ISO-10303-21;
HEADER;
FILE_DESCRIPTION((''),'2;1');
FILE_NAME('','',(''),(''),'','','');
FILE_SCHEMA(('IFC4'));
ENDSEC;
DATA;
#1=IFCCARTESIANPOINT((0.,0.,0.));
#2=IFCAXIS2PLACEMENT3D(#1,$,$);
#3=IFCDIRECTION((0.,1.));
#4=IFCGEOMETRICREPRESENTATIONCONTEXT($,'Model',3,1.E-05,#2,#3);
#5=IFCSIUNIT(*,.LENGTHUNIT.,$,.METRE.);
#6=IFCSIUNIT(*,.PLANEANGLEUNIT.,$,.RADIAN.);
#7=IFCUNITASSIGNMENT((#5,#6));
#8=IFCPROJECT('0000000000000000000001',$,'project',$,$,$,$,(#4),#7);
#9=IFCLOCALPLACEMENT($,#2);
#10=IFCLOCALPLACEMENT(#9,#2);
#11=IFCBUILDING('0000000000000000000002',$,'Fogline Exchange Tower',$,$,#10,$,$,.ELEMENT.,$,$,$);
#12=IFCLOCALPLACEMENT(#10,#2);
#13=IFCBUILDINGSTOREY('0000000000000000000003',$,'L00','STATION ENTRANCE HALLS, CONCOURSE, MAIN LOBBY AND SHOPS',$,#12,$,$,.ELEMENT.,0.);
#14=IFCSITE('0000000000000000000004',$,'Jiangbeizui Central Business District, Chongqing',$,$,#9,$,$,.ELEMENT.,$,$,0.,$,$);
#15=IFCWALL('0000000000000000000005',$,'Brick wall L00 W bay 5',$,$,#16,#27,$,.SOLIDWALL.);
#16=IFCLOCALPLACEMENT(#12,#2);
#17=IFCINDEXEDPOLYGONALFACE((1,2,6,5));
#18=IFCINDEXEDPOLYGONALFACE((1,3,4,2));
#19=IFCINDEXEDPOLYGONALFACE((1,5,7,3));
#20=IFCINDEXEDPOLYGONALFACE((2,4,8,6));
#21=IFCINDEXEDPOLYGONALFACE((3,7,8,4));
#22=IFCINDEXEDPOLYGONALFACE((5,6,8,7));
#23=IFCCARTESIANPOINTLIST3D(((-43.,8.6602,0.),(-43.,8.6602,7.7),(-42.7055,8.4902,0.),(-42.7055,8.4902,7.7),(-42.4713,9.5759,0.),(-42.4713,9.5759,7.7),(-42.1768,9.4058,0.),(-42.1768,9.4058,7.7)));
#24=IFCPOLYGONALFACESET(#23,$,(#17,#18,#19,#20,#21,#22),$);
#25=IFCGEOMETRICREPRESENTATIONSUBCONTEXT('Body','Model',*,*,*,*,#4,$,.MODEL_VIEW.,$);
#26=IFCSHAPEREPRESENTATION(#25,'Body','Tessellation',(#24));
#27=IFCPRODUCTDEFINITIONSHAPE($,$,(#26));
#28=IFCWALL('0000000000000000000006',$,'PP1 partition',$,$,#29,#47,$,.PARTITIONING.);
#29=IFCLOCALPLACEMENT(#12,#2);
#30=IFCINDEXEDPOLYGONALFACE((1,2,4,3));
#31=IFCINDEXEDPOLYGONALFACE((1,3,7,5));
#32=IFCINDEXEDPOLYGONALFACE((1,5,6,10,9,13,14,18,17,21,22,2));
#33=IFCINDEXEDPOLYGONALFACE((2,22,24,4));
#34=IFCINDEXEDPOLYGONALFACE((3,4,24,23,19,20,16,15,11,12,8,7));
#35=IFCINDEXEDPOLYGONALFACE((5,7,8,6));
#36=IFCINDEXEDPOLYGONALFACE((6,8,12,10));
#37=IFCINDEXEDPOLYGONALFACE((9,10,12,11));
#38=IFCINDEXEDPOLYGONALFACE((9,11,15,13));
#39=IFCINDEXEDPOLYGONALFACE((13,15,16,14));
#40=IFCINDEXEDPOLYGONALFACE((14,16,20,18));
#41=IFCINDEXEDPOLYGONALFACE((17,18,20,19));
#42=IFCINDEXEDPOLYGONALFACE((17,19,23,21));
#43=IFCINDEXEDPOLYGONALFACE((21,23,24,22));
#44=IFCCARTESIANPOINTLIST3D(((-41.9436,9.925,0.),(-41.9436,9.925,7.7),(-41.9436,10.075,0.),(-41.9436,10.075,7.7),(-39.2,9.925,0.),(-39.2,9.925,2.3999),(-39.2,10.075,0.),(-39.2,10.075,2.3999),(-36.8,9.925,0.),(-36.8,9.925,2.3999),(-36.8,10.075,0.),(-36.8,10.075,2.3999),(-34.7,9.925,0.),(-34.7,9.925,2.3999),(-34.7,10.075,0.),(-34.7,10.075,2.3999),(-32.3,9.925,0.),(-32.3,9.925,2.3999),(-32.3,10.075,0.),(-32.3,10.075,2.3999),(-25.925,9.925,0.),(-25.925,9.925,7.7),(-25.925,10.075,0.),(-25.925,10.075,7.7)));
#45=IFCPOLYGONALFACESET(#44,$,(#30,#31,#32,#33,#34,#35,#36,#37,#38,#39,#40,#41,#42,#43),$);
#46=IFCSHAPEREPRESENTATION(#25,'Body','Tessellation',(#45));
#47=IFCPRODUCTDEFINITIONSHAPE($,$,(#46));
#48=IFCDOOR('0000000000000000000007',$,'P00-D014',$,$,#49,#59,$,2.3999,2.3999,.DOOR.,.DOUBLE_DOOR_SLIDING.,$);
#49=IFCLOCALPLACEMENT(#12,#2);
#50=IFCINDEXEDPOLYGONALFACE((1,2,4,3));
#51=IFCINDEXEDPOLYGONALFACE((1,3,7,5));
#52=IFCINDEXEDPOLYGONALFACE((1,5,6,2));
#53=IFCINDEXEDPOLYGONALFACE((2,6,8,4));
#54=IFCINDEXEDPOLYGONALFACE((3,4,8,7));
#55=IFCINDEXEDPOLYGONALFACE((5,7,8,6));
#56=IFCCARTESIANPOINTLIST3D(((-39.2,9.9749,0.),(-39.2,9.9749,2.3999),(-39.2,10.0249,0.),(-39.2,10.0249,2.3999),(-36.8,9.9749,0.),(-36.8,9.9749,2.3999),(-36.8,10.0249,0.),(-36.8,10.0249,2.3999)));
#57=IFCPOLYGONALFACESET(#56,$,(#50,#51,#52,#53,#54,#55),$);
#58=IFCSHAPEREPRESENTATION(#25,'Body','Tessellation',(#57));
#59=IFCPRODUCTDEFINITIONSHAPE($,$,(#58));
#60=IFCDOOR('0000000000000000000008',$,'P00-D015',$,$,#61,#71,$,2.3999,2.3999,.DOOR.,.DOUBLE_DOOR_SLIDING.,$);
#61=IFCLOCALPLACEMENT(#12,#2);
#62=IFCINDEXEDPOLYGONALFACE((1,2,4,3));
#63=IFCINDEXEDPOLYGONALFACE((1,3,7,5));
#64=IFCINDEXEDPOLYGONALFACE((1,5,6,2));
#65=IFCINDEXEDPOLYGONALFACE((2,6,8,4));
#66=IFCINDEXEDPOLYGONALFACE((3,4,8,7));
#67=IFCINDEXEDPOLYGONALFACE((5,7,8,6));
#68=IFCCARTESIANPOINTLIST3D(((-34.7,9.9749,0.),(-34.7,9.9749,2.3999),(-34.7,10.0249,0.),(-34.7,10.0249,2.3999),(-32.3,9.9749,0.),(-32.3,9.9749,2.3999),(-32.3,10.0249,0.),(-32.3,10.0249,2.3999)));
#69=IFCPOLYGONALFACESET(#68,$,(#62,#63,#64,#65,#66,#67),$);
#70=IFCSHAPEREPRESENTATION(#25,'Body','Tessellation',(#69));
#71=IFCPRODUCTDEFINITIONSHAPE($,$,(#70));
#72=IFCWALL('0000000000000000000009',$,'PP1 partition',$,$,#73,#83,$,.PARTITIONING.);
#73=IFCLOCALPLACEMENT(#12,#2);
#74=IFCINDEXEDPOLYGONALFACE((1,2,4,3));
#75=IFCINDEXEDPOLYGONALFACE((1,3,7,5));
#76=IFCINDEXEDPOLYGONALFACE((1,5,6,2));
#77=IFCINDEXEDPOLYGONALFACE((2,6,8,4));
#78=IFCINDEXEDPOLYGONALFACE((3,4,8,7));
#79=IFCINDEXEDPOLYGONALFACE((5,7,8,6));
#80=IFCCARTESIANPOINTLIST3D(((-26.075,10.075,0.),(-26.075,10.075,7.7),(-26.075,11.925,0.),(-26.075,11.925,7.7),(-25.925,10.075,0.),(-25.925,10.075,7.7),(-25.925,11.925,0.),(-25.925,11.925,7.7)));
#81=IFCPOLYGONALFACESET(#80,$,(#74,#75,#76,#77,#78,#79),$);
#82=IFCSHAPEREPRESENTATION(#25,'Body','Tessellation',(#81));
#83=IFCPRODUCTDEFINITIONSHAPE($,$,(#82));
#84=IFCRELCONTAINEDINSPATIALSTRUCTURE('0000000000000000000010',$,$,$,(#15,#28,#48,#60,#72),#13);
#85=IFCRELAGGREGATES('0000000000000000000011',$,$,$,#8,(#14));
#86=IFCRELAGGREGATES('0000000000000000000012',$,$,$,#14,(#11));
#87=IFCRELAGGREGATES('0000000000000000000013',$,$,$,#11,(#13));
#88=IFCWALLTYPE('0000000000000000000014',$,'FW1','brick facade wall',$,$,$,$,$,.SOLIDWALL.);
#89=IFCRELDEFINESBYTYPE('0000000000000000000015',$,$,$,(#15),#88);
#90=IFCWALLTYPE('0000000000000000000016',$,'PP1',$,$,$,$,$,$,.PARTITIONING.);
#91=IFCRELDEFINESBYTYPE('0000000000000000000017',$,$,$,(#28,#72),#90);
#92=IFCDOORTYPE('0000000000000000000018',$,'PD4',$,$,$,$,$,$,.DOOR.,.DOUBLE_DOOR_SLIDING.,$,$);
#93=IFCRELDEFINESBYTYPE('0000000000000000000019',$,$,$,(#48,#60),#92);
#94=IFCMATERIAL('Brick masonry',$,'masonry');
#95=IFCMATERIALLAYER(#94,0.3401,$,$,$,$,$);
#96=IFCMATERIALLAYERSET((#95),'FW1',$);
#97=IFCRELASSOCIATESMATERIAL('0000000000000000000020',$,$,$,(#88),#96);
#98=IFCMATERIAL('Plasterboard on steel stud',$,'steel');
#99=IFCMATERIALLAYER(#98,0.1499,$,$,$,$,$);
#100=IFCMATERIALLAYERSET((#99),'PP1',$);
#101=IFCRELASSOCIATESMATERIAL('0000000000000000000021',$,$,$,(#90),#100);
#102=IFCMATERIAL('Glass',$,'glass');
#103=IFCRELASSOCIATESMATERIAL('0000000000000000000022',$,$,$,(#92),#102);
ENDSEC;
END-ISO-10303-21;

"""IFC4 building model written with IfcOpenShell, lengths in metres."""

from ifc_helpers import new_model, si_unit, direction, frame, frame_2d, origin, place, context, subcontext, project, spatial, rectangle, extrude, material, layer, layer_set, type_object, element, fill, save


model = new_model("IFC4")

# Units and contexts
model_context = context("Model", 3, precision=1e-05, world=origin(), true_north=direction((0.0, 1.0)))
body_context = subcontext(model_context, "Body", "Model", "MODEL_VIEW")
ifc_project = project(units=[si_unit("LENGTHUNIT", "METRE"), si_unit("PLANEANGLEUNIT", "RADIAN")], contexts=[model_context])

# Site, building, storey
site_placement = place(None, origin())
site = spatial("IfcSite", under=ifc_project, at=site_placement, Name="Jiangbeizui Central Business District, Chongqing", CompositionType="ELEMENT", RefElevation=0.0)
building_placement = place(site_placement, origin())
building = spatial("IfcBuilding", under=site, at=building_placement, Name="Fogline Exchange Tower", CompositionType="ELEMENT")
storey_placement = place(building_placement, origin())
storey = spatial("IfcBuildingStorey", under=building, at=storey_placement, Name="L00", Description="STATION ENTRANCE HALLS, CONCOURSE, MAIN LOBBY AND SHOPS", CompositionType="ELEMENT", Elevation=0.0)

# Shared definitions
ifc_material_1 = material(Name="Glass", Category="glass")

# Shared definitions
ifc_material_2 = material(Name="Brick masonry", Category="masonry")
ifc_layer_1 = layer(ifc_material_2, 0.3401)
ifc_layer_set_1 = layer_set([ifc_layer_1], Name="FW1")
wall_type_1 = type_object("IfcWallType", Name="FW1", Description="brick facade wall", PredefinedType="SOLIDWALL", material=ifc_layer_set_1)

# Wall
wall_1_placement = place(storey_placement, frame((-42.324, 9.491, 0.0), z_axis=(0.0, 0.0, 1.0), x_axis=(-0.500062, -0.865989, 0.0)))
element("IfcWall", 1, at=wall_1_placement, inside=storey, type_object=wall_type_1, Name="Brick wall L00 W bay 5", PredefinedType="SOLIDWALL", context=body_context, shape_type="SweptSolid", body=[
    extrude(rectangle(XDim=1.0574, YDim=0.3401, at=frame_2d((0.5288, 0.0))), origin(), (0.0, 0.0, 1.0), 7.7),
])

# Wall, openings, doors
ifc_material_3 = material(Name="Plasterboard on steel stud", Category="steel")
ifc_layer_2 = layer(ifc_material_3, 0.1499)
ifc_layer_set_2 = layer_set([ifc_layer_2], Name="PP1")
wall_type_2 = type_object("IfcWallType", Name="PP1", PredefinedType="PARTITIONING", material=ifc_layer_set_2)
wall_2_placement = place(storey_placement, frame((-41.9436, 10.0, 0.0), z_axis=(0.0, 0.0, 1.0), x_axis=(1.0, 0.0, 0.0)))
wall_2 = element("IfcWall", 2, at=wall_2_placement, inside=storey, type_object=wall_type_2, Name="PP1 partition", PredefinedType="PARTITIONING", context=body_context, shape_type="SweptSolid", body=[
    extrude(rectangle(XDim=16.0186, YDim=0.1499, at=frame_2d((8.0093, 0.0))), origin(), (0.0, 0.0, 1.0), 7.7),
])
opening_1_placement = place(wall_2_placement, frame((2.7437, 0.0, 0.0)))
opening_1 = element("IfcOpeningElement", 3, at=opening_1_placement, cuts=wall_2, PredefinedType="OPENING", context=body_context, shape_type="SweptSolid", body=[
    extrude(rectangle(XDim=2.3999, YDim=2.3999, at=frame_2d((1.2, 1.2))), frame((0.0, 0.085, 0.0), z_axis=(0.0, -1.0, 0.0), x_axis=(1.0, 0.0, 0.0)), (0.0, 0.0, 1.0), 0.1699),
])
opening_2_placement = place(wall_2_placement, frame((7.2437, 0.0, 0.0)))
opening_2 = element("IfcOpeningElement", 4, at=opening_2_placement, cuts=wall_2, PredefinedType="OPENING", context=body_context, shape_type="SweptSolid", body=[
    extrude(rectangle(XDim=2.3999, YDim=2.3999, at=frame_2d((1.2, 1.2))), frame((0.0, 0.085, 0.0), z_axis=(0.0, -1.0, 0.0), x_axis=(1.0, 0.0, 0.0)), (0.0, 0.0, 1.0), 0.1699),
])
door_type_1 = type_object("IfcDoorType", Name="PD4", OperationType="DOUBLE_DOOR_SLIDING", PredefinedType="DOOR", material=ifc_material_1)
door_1_placement = place(opening_1_placement, origin())
door_1 = element("IfcDoor", 5, at=door_1_placement, inside=storey, type_object=door_type_1, Name="P00-D014", OperationType="DOUBLE_DOOR_SLIDING", OverallHeight=2.3999, OverallWidth=2.3999, PredefinedType="DOOR", context=body_context, shape_type="SweptSolid", body=[
    extrude(rectangle(XDim=2.3999, YDim=2.3999, at=frame_2d((1.2, 1.2))), frame((0.0, 0.0249, 0.0), z_axis=(0.0, -1.0, 0.0), x_axis=(1.0, 0.0, 0.0)), (0.0, 0.0, 1.0), 0.05),
])
fill(opening_1, door_1)
door_2_placement = place(opening_2_placement, origin())
door_2 = element("IfcDoor", 6, at=door_2_placement, inside=storey, type_object=door_type_1, Name="P00-D015", OperationType="DOUBLE_DOOR_SLIDING", OverallHeight=2.3999, OverallWidth=2.3999, PredefinedType="DOOR", context=body_context, shape_type="SweptSolid", body=[
    extrude(rectangle(XDim=2.3999, YDim=2.3999, at=frame_2d((1.2, 1.2))), frame((0.0, 0.0249, 0.0), z_axis=(0.0, -1.0, 0.0), x_axis=(1.0, 0.0, 0.0)), (0.0, 0.0, 1.0), 0.05),
])
fill(opening_2, door_2)

# Wall
wall_3_placement = place(storey_placement, frame((-26.0, 10.075, 0.0), z_axis=(0.0, 0.0, 1.0), x_axis=(0.0, 1.0, 0.0)))
element("IfcWall", 7, at=wall_3_placement, inside=storey, type_object=wall_type_2, Name="PP1 partition", PredefinedType="PARTITIONING", context=body_context, shape_type="SweptSolid", body=[
    extrude(rectangle(XDim=1.8501, YDim=0.1499, at=frame_2d((0.925, 0.0))), origin(), (0.0, 0.0, 1.0), 7.7),
])

save(model, "model.ifc")
